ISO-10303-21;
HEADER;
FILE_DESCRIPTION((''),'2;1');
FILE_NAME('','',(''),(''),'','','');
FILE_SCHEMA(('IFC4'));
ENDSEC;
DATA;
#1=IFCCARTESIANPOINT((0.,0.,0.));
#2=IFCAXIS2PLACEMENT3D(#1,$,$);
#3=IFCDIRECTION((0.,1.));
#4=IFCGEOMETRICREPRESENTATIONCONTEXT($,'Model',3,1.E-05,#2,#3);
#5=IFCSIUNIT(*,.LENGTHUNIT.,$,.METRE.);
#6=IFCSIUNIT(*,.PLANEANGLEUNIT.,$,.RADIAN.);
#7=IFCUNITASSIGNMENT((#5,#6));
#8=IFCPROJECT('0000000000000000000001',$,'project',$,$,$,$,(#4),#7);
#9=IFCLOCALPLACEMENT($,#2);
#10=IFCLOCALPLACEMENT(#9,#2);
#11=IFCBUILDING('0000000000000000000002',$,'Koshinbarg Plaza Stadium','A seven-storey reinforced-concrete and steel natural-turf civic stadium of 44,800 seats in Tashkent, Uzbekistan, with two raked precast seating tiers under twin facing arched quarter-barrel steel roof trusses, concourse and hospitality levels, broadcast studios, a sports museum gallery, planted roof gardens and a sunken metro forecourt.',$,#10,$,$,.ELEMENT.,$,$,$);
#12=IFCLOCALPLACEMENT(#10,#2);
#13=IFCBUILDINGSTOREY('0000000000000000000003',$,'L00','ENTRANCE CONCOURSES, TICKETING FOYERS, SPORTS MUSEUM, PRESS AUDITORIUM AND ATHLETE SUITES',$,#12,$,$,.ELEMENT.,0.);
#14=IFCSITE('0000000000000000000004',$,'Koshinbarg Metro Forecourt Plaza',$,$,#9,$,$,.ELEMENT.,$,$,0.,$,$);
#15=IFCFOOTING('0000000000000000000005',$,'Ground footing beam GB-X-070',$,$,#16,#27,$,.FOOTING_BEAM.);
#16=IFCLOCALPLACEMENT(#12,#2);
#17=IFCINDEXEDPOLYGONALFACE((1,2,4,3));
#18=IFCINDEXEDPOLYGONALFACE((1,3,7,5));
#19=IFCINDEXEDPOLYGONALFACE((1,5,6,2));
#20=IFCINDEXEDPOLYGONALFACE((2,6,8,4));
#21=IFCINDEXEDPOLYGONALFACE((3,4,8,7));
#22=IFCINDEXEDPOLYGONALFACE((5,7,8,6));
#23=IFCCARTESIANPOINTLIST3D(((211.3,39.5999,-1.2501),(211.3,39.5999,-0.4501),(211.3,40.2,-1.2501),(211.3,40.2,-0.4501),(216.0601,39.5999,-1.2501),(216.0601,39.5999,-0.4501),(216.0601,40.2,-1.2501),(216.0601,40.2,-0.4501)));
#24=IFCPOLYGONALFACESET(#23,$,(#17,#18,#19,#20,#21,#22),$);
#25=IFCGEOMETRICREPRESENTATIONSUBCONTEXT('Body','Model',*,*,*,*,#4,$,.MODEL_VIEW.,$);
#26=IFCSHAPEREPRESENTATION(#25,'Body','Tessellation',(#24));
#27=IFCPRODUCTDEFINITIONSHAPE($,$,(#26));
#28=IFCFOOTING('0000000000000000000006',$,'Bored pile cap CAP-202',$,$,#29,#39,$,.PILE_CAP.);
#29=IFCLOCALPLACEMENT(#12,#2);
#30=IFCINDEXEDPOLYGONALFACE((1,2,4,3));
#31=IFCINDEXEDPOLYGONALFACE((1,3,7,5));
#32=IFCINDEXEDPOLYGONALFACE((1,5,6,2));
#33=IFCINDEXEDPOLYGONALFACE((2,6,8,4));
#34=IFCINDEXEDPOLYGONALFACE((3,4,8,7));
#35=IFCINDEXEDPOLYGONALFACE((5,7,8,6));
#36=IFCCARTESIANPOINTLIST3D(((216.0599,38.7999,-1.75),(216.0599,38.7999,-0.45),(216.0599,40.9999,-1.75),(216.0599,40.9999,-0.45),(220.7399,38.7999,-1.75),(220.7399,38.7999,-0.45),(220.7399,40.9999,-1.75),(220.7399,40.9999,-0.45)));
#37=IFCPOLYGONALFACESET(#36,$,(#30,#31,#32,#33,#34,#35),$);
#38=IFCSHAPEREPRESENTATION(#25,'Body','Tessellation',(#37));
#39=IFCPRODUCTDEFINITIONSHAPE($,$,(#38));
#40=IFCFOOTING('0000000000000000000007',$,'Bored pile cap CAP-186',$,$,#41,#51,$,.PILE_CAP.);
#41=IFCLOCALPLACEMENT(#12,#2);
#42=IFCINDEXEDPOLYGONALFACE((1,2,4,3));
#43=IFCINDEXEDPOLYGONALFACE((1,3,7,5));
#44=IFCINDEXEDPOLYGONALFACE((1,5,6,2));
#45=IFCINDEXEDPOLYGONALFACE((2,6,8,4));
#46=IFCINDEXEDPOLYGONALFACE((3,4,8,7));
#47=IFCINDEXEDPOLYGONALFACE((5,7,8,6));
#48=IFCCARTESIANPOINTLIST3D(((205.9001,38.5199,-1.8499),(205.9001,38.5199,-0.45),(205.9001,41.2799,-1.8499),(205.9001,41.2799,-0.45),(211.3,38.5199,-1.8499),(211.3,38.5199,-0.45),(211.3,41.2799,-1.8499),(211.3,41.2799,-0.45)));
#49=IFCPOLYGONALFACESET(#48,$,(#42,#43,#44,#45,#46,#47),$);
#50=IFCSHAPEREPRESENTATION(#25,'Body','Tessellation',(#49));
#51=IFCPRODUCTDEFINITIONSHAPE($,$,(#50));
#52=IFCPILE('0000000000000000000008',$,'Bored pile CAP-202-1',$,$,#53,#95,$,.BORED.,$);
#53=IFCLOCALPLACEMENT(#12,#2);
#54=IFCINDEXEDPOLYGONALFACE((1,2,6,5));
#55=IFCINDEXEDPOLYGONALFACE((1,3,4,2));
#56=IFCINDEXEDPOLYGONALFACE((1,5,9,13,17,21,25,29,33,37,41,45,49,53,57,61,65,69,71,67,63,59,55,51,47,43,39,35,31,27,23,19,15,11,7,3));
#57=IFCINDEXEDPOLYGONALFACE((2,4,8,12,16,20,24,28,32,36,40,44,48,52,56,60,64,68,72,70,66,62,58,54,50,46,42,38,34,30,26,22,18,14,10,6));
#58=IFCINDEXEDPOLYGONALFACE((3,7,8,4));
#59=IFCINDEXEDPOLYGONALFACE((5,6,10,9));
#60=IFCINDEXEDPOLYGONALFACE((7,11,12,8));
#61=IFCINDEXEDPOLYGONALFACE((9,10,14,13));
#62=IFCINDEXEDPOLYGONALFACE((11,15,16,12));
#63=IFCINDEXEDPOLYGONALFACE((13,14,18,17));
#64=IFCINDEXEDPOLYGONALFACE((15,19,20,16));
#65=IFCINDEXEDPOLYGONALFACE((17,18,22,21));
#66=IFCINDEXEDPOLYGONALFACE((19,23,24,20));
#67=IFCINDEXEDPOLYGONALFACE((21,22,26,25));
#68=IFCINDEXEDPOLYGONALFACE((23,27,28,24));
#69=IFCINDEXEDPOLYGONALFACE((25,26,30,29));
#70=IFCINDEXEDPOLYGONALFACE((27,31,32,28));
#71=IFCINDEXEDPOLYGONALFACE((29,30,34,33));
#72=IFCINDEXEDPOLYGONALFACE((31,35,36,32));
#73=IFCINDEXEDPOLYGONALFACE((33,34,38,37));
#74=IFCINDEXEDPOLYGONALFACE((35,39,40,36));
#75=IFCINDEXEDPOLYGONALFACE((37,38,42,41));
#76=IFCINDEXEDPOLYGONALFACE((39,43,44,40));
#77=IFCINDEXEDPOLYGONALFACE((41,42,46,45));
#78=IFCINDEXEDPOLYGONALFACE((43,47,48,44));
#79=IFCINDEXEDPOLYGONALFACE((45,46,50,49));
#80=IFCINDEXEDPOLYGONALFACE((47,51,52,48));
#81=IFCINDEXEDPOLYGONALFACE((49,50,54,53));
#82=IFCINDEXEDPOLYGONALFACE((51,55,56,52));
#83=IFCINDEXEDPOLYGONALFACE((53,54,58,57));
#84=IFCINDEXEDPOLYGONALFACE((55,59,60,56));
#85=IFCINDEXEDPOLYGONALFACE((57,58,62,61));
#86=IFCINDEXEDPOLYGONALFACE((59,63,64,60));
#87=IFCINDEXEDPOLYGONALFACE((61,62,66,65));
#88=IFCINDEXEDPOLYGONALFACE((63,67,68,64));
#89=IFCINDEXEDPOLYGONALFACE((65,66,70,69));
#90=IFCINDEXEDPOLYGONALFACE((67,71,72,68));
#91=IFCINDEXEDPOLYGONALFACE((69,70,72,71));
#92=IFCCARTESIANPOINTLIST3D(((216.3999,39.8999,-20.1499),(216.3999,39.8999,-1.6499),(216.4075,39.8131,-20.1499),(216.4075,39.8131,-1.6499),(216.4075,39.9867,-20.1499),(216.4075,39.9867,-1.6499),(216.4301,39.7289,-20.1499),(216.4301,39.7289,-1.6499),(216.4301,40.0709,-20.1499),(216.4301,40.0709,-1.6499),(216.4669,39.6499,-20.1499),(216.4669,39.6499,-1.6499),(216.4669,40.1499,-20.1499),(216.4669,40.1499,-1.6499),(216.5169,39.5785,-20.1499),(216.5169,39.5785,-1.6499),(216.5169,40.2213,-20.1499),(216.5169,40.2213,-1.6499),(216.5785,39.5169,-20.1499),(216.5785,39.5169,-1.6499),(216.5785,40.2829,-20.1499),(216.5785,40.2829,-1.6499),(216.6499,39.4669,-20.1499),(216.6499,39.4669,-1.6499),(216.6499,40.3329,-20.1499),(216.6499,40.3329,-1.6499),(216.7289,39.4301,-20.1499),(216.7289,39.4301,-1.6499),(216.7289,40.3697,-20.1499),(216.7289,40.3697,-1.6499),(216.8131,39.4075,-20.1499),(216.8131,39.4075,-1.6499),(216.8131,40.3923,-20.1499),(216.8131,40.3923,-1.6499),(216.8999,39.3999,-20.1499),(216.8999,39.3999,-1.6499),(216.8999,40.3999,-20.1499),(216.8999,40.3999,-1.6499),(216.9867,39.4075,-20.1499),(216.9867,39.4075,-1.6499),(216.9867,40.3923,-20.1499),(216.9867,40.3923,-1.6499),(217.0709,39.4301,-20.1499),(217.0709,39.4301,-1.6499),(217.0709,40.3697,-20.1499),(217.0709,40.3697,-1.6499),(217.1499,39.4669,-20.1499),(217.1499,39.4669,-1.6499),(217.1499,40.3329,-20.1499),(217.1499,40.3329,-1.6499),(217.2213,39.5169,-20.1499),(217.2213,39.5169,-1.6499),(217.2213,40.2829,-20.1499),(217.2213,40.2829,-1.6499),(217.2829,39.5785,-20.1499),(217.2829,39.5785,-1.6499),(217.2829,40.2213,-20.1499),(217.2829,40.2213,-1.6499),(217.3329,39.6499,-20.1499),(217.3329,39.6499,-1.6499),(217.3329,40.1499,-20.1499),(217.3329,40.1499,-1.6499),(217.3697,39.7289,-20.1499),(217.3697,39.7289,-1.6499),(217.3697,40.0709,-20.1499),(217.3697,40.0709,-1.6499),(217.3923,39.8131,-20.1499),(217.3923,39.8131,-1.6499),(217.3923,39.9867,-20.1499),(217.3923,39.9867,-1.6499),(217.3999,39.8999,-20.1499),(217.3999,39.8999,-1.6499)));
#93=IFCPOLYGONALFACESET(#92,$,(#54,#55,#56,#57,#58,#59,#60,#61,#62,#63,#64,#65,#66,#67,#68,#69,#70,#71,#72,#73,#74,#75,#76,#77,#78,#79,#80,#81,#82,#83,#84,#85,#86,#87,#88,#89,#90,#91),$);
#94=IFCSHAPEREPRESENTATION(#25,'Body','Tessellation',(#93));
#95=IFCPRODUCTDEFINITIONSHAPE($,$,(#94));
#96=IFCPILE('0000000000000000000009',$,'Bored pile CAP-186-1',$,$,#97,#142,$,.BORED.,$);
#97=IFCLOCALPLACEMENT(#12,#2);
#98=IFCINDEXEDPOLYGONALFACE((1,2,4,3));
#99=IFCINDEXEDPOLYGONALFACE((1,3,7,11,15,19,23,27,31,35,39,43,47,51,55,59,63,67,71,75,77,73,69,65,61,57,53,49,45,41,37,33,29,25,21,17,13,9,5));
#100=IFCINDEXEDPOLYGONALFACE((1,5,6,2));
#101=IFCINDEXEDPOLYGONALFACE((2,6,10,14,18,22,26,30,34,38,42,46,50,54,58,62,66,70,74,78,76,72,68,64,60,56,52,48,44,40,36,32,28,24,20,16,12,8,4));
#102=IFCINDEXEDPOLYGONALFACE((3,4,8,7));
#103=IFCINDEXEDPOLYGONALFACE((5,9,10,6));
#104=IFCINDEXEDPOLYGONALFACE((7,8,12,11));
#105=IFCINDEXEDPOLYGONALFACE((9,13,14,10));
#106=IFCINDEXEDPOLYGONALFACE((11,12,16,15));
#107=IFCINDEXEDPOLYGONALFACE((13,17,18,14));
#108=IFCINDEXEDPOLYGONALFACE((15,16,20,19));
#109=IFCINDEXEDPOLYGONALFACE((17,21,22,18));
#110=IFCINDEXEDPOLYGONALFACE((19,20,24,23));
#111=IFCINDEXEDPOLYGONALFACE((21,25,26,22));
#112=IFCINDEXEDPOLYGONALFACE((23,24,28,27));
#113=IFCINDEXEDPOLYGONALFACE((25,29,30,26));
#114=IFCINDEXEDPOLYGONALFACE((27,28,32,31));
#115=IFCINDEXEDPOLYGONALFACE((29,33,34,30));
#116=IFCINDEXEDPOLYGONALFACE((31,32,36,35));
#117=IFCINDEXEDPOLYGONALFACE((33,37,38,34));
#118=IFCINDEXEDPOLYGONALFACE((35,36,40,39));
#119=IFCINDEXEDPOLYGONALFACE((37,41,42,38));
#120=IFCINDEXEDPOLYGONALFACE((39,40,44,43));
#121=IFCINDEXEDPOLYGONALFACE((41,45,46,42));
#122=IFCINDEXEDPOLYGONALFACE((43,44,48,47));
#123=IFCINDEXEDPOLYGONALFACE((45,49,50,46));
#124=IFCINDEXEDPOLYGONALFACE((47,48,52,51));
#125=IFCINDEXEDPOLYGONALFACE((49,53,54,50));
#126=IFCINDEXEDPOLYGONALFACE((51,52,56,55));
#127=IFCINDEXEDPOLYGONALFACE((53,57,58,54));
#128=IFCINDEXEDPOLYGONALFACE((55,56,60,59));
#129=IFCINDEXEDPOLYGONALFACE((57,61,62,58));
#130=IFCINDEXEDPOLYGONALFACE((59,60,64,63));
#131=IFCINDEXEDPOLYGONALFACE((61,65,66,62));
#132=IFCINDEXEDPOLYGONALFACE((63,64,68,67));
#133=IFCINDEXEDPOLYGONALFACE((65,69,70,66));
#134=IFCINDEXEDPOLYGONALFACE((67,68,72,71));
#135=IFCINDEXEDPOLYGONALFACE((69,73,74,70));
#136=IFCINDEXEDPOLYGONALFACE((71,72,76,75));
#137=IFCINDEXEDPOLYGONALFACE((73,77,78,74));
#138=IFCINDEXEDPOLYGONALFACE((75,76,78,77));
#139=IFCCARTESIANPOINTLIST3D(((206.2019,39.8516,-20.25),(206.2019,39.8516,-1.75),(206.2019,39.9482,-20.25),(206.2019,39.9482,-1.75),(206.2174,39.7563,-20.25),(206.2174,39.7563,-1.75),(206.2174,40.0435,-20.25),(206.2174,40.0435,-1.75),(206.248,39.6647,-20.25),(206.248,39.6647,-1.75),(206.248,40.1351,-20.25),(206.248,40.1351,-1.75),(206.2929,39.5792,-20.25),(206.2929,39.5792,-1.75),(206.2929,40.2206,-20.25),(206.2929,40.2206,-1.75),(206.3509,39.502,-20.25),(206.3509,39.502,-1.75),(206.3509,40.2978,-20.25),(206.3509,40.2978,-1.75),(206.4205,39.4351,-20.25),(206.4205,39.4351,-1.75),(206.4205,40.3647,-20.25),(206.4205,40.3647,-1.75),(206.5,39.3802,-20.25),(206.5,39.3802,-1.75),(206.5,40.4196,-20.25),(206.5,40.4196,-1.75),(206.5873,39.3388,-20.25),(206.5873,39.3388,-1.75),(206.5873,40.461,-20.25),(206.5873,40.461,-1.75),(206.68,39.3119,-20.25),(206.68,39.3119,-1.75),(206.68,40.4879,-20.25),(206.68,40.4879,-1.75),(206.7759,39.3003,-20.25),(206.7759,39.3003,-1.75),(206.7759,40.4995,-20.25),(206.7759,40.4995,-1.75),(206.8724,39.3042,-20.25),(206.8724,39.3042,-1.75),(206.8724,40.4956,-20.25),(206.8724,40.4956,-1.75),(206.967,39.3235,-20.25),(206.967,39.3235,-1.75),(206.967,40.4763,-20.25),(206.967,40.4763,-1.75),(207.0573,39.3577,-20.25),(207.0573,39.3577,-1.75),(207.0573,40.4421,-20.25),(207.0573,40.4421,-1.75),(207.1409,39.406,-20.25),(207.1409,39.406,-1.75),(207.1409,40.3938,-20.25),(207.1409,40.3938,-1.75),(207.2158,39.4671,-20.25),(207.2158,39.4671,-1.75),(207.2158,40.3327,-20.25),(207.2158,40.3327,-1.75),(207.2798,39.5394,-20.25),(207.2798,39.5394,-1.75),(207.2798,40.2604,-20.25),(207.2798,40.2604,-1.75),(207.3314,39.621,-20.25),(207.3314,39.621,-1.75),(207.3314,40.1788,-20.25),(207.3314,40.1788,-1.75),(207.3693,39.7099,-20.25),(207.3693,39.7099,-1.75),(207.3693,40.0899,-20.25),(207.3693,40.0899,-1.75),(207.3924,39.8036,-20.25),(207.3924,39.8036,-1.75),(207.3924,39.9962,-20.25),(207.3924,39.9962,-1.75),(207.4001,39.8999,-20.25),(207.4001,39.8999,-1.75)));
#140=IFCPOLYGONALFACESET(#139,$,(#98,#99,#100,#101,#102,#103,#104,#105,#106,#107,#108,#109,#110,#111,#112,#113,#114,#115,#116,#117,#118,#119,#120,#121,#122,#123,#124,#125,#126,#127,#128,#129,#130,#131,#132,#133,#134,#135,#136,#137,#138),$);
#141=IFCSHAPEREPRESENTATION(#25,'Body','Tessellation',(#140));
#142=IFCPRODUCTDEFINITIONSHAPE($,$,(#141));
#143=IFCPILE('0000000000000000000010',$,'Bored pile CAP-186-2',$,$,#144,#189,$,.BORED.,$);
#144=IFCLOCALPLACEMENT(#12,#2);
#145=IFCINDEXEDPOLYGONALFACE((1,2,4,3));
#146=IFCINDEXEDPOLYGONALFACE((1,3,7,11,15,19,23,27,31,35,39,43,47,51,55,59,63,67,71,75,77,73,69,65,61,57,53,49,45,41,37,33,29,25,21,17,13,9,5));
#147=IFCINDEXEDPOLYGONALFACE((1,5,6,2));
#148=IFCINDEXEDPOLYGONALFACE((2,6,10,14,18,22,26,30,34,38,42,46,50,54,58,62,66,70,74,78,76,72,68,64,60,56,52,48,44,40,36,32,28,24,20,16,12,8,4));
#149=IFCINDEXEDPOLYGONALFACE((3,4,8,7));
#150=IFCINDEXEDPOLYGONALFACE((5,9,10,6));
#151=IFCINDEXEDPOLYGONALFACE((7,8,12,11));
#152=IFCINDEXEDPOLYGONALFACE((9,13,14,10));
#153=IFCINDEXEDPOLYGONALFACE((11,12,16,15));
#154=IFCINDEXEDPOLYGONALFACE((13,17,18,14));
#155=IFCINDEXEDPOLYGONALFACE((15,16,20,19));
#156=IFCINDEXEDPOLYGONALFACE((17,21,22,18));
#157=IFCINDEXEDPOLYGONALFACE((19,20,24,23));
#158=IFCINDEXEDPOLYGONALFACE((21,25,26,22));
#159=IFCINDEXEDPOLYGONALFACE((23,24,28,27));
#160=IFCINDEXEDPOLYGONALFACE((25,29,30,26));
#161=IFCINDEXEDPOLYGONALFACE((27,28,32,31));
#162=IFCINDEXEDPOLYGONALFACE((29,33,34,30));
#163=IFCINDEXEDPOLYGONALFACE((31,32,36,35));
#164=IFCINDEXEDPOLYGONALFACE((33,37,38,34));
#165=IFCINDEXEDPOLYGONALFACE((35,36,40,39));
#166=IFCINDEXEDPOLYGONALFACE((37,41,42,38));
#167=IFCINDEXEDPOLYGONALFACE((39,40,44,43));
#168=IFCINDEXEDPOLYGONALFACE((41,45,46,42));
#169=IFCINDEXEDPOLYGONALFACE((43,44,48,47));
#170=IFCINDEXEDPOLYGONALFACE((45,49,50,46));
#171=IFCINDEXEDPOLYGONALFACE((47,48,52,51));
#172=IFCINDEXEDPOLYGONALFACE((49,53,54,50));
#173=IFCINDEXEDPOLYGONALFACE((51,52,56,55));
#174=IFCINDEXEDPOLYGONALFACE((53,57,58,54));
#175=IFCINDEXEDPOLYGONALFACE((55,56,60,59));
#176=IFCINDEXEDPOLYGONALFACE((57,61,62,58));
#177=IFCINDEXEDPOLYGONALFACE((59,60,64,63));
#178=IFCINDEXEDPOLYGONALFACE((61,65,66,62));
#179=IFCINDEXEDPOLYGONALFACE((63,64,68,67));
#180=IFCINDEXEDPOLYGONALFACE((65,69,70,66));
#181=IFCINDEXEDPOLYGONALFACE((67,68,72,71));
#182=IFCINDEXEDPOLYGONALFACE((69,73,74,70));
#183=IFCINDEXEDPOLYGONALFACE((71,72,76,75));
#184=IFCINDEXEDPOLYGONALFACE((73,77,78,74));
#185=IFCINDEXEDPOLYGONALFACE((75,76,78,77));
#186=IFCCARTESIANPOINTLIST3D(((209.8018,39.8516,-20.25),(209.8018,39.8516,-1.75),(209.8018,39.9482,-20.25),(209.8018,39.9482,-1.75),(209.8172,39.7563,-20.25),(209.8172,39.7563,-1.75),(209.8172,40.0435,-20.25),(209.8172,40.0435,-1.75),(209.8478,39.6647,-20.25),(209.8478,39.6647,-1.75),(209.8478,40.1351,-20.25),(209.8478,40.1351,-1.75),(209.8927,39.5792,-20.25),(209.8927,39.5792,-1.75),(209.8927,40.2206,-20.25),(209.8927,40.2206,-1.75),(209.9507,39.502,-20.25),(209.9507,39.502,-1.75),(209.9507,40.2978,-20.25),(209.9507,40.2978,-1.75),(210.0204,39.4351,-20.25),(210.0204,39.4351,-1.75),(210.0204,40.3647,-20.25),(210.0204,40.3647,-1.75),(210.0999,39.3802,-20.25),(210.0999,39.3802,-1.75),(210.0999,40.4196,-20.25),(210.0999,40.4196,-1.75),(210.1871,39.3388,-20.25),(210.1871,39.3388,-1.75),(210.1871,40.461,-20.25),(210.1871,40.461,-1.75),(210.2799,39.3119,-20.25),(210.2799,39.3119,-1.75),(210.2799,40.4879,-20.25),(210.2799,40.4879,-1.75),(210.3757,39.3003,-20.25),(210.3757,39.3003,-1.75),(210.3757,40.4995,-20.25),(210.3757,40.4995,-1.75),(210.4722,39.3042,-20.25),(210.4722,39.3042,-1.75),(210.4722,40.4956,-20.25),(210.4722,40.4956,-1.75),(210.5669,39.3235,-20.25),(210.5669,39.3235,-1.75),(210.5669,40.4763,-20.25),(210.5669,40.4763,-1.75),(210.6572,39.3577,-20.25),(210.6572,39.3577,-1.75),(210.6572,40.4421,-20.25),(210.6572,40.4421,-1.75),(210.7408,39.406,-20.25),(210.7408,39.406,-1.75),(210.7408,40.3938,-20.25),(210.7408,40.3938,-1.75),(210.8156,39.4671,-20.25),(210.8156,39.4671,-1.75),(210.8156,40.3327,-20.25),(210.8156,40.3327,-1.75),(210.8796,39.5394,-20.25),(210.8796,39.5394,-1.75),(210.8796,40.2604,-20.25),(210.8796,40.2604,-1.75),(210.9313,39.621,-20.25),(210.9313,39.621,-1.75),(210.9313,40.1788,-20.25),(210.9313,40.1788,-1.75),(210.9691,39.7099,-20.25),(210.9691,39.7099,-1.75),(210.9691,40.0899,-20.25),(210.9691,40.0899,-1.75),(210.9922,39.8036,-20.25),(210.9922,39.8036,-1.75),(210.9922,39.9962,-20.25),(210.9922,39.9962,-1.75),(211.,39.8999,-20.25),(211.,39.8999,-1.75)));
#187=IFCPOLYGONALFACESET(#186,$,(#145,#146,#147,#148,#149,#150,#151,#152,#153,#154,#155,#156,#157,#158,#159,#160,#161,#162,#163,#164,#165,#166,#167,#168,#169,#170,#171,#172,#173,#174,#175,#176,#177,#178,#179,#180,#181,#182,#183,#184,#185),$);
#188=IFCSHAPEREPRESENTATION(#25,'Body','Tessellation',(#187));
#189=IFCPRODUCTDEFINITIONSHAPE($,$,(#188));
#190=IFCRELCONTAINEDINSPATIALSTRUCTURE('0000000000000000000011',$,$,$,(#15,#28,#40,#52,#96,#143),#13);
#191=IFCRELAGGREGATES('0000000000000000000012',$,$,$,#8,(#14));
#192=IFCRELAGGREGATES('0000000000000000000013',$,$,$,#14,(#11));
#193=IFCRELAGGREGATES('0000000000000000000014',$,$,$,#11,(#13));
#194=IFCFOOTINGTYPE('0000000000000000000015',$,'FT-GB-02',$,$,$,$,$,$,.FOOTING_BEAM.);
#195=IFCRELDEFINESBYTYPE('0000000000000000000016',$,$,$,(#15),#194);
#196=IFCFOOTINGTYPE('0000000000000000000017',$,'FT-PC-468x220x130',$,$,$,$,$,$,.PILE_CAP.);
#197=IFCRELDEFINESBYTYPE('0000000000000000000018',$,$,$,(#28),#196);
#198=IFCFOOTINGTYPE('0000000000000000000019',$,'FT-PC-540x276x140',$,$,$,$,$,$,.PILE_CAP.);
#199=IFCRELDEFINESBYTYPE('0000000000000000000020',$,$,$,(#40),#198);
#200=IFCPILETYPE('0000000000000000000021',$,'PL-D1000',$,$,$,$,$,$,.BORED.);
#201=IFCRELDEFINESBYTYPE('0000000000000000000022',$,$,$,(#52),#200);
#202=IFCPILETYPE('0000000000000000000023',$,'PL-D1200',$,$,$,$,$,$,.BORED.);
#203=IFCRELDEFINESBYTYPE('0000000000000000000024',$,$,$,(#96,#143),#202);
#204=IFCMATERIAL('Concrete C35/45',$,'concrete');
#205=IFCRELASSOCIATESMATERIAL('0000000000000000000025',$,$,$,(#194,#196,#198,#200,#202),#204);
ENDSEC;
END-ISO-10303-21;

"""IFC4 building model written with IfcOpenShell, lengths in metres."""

from ifc_helpers import new_model, si_unit, direction, frame, origin, origin_2d, place, context, subcontext, project, spatial, rectangle, circle, extrude, material, material_profile, profile_set, type_object, element, save


model = new_model("IFC4")

# Units and contexts
model_context = context("Model", 3, precision=1e-05, world=origin(), true_north=direction((0.0, 1.0)))
body_context = subcontext(model_context, "Body", "Model", "MODEL_VIEW")
ifc_project = project(units=[si_unit("LENGTHUNIT", "METRE"), si_unit("PLANEANGLEUNIT", "RADIAN")], contexts=[model_context])

# Site, building, storey
site_placement = place(None, origin())
site = spatial("IfcSite", under=ifc_project, at=site_placement, Name="Koshinbarg Metro Forecourt Plaza", CompositionType="ELEMENT", RefElevation=0.0)
building_placement = place(site_placement, origin())
building = spatial("IfcBuilding", under=site, at=building_placement, Name="Koshinbarg Plaza Stadium", Description="A seven-storey reinforced-concrete and steel natural-turf civic stadium of 44,800 seats in Tashkent, Uzbekistan, with two raked precast seating tiers under twin facing arched quarter-barrel steel roof trusses, concourse and hospitality levels, broadcast studios, a sports museum gallery, planted roof gardens and a sunken metro forecourt.", CompositionType="ELEMENT")
storey_placement = place(building_placement, origin())
storey = spatial("IfcBuildingStorey", under=building, at=storey_placement, Name="L00", Description="ENTRANCE CONCOURSES, TICKETING FOYERS, SPORTS MUSEUM, PRESS AUDITORIUM AND ATHLETE SUITES", CompositionType="ELEMENT", Elevation=0.0)

# Footings
ifc_material_1 = material(Name="Concrete C35/45", Category="concrete")
ifc_material_profile_1 = material_profile(ifc_material_1, rectangle(XDim=0.6001, YDim=0.8, at=origin_2d()), Name="GB 600x800")
ifc_profile_set_1 = profile_set([ifc_material_profile_1], Name="Concrete C35/45")
footing_type_1 = type_object("IfcFootingType", Name="FT-GB-02", PredefinedType="FOOTING_BEAM", material=ifc_profile_set_1)
footing_1_placement = place(storey_placement, frame((211.3, 39.8999, -0.8501), z_axis=(1.0, 0.0, 0.0), x_axis=(0.0, 1.0, 0.0)))
element("IfcFooting", 1, at=footing_1_placement, inside=storey, type_object=footing_type_1, Name="Ground footing beam GB-X-070", PredefinedType="FOOTING_BEAM", context=body_context, shape_type="SweptSolid", body=[
    extrude(rectangle(XDim=0.6001, YDim=0.8, at=origin_2d()), origin(), (0.0, 0.0, 1.0), 4.76),
])
footing_type_2 = type_object("IfcFootingType", Name="FT-PC-468x220x130", PredefinedType="PILE_CAP", material=ifc_material_1)
footing_2_placement = place(storey_placement, frame((218.3999, 39.8999, -1.75), z_axis=(0.0, 0.0, 1.0), x_axis=(1.0, 0.0, 0.0)))
element("IfcFooting", 2, at=footing_2_placement, inside=storey, type_object=footing_type_2, Name="Bored pile cap CAP-202", PredefinedType="PILE_CAP", context=body_context, shape_type="SweptSolid", body=[
    extrude(rectangle(XDim=4.6799, YDim=2.2, at=origin_2d()), origin(), (0.0, 0.0, 1.0), 1.3),
])
footing_type_3 = type_object("IfcFootingType", Name="FT-PC-540x276x140", PredefinedType="PILE_CAP", material=ifc_material_1)
footing_3_placement = place(storey_placement, frame((208.6001, 39.8999, -1.8499), z_axis=(0.0, 0.0, 1.0), x_axis=(1.0, 0.0, 0.0)))
element("IfcFooting", 3, at=footing_3_placement, inside=storey, type_object=footing_type_3, Name="Bored pile cap CAP-186", PredefinedType="PILE_CAP", context=body_context, shape_type="SweptSolid", body=[
    extrude(rectangle(XDim=5.3999, YDim=2.76, at=origin_2d()), origin(), (0.0, 0.0, 1.0), 1.3999),
])

# Piles
ifc_material_profile_2 = material_profile(ifc_material_1, circle(Radius=0.5, at=origin_2d()), Name="PILE D1000")
ifc_profile_set_2 = profile_set([ifc_material_profile_2], Name="Concrete C35/45")
pile_type_1 = type_object("IfcPileType", Name="PL-D1000", PredefinedType="BORED", material=ifc_profile_set_2)
pile_placement = place(storey_placement, frame((216.8999, 39.8999, -1.6499), z_axis=(0.0, 0.0, -1.0), x_axis=(1.0, 0.0, 0.0)))
element("IfcPile", 4, at=pile_placement, inside=storey, type_object=pile_type_1, Name="Bored pile CAP-202-1", PredefinedType="BORED", context=body_context, shape_type="SweptSolid", body=[
    extrude(circle(Radius=0.5, at=origin_2d()), origin(), (0.0, 0.0, 1.0), 18.5),
])
ifc_material_profile_3 = material_profile(ifc_material_1, circle(Radius=0.6001, at=origin_2d()), Name="PILE D1200")
ifc_profile_set_3 = profile_set([ifc_material_profile_3], Name="Concrete C35/45")
pile_type_2 = type_object("IfcPileType", Name="PL-D1200", PredefinedType="BORED", material=ifc_profile_set_3)
for number, where, z_axis, x_axis, name in (
    (5, (206.8, 39.8999, -1.75), (0.0, 0.0, -1.0), (1.0, 0.0, 0.0), "Bored pile CAP-186-1"),
    (6, (210.3999, 39.8999, -1.75), (0.0, 0.0, -1.0), (1.0, 0.0, 0.0), "Bored pile CAP-186-2"),
):
    element("IfcPile", number, at=place(storey_placement, frame(where, z_axis=z_axis, x_axis=x_axis)), inside=storey, type_object=pile_type_2, Name=name, PredefinedType="BORED", context=body_context, shape_type="SweptSolid", body=[
        extrude(circle(Radius=0.6001, at=origin_2d()), origin(), (0.0, 0.0, 1.0), 18.5),
    ])

save(model, "model.ifc")
